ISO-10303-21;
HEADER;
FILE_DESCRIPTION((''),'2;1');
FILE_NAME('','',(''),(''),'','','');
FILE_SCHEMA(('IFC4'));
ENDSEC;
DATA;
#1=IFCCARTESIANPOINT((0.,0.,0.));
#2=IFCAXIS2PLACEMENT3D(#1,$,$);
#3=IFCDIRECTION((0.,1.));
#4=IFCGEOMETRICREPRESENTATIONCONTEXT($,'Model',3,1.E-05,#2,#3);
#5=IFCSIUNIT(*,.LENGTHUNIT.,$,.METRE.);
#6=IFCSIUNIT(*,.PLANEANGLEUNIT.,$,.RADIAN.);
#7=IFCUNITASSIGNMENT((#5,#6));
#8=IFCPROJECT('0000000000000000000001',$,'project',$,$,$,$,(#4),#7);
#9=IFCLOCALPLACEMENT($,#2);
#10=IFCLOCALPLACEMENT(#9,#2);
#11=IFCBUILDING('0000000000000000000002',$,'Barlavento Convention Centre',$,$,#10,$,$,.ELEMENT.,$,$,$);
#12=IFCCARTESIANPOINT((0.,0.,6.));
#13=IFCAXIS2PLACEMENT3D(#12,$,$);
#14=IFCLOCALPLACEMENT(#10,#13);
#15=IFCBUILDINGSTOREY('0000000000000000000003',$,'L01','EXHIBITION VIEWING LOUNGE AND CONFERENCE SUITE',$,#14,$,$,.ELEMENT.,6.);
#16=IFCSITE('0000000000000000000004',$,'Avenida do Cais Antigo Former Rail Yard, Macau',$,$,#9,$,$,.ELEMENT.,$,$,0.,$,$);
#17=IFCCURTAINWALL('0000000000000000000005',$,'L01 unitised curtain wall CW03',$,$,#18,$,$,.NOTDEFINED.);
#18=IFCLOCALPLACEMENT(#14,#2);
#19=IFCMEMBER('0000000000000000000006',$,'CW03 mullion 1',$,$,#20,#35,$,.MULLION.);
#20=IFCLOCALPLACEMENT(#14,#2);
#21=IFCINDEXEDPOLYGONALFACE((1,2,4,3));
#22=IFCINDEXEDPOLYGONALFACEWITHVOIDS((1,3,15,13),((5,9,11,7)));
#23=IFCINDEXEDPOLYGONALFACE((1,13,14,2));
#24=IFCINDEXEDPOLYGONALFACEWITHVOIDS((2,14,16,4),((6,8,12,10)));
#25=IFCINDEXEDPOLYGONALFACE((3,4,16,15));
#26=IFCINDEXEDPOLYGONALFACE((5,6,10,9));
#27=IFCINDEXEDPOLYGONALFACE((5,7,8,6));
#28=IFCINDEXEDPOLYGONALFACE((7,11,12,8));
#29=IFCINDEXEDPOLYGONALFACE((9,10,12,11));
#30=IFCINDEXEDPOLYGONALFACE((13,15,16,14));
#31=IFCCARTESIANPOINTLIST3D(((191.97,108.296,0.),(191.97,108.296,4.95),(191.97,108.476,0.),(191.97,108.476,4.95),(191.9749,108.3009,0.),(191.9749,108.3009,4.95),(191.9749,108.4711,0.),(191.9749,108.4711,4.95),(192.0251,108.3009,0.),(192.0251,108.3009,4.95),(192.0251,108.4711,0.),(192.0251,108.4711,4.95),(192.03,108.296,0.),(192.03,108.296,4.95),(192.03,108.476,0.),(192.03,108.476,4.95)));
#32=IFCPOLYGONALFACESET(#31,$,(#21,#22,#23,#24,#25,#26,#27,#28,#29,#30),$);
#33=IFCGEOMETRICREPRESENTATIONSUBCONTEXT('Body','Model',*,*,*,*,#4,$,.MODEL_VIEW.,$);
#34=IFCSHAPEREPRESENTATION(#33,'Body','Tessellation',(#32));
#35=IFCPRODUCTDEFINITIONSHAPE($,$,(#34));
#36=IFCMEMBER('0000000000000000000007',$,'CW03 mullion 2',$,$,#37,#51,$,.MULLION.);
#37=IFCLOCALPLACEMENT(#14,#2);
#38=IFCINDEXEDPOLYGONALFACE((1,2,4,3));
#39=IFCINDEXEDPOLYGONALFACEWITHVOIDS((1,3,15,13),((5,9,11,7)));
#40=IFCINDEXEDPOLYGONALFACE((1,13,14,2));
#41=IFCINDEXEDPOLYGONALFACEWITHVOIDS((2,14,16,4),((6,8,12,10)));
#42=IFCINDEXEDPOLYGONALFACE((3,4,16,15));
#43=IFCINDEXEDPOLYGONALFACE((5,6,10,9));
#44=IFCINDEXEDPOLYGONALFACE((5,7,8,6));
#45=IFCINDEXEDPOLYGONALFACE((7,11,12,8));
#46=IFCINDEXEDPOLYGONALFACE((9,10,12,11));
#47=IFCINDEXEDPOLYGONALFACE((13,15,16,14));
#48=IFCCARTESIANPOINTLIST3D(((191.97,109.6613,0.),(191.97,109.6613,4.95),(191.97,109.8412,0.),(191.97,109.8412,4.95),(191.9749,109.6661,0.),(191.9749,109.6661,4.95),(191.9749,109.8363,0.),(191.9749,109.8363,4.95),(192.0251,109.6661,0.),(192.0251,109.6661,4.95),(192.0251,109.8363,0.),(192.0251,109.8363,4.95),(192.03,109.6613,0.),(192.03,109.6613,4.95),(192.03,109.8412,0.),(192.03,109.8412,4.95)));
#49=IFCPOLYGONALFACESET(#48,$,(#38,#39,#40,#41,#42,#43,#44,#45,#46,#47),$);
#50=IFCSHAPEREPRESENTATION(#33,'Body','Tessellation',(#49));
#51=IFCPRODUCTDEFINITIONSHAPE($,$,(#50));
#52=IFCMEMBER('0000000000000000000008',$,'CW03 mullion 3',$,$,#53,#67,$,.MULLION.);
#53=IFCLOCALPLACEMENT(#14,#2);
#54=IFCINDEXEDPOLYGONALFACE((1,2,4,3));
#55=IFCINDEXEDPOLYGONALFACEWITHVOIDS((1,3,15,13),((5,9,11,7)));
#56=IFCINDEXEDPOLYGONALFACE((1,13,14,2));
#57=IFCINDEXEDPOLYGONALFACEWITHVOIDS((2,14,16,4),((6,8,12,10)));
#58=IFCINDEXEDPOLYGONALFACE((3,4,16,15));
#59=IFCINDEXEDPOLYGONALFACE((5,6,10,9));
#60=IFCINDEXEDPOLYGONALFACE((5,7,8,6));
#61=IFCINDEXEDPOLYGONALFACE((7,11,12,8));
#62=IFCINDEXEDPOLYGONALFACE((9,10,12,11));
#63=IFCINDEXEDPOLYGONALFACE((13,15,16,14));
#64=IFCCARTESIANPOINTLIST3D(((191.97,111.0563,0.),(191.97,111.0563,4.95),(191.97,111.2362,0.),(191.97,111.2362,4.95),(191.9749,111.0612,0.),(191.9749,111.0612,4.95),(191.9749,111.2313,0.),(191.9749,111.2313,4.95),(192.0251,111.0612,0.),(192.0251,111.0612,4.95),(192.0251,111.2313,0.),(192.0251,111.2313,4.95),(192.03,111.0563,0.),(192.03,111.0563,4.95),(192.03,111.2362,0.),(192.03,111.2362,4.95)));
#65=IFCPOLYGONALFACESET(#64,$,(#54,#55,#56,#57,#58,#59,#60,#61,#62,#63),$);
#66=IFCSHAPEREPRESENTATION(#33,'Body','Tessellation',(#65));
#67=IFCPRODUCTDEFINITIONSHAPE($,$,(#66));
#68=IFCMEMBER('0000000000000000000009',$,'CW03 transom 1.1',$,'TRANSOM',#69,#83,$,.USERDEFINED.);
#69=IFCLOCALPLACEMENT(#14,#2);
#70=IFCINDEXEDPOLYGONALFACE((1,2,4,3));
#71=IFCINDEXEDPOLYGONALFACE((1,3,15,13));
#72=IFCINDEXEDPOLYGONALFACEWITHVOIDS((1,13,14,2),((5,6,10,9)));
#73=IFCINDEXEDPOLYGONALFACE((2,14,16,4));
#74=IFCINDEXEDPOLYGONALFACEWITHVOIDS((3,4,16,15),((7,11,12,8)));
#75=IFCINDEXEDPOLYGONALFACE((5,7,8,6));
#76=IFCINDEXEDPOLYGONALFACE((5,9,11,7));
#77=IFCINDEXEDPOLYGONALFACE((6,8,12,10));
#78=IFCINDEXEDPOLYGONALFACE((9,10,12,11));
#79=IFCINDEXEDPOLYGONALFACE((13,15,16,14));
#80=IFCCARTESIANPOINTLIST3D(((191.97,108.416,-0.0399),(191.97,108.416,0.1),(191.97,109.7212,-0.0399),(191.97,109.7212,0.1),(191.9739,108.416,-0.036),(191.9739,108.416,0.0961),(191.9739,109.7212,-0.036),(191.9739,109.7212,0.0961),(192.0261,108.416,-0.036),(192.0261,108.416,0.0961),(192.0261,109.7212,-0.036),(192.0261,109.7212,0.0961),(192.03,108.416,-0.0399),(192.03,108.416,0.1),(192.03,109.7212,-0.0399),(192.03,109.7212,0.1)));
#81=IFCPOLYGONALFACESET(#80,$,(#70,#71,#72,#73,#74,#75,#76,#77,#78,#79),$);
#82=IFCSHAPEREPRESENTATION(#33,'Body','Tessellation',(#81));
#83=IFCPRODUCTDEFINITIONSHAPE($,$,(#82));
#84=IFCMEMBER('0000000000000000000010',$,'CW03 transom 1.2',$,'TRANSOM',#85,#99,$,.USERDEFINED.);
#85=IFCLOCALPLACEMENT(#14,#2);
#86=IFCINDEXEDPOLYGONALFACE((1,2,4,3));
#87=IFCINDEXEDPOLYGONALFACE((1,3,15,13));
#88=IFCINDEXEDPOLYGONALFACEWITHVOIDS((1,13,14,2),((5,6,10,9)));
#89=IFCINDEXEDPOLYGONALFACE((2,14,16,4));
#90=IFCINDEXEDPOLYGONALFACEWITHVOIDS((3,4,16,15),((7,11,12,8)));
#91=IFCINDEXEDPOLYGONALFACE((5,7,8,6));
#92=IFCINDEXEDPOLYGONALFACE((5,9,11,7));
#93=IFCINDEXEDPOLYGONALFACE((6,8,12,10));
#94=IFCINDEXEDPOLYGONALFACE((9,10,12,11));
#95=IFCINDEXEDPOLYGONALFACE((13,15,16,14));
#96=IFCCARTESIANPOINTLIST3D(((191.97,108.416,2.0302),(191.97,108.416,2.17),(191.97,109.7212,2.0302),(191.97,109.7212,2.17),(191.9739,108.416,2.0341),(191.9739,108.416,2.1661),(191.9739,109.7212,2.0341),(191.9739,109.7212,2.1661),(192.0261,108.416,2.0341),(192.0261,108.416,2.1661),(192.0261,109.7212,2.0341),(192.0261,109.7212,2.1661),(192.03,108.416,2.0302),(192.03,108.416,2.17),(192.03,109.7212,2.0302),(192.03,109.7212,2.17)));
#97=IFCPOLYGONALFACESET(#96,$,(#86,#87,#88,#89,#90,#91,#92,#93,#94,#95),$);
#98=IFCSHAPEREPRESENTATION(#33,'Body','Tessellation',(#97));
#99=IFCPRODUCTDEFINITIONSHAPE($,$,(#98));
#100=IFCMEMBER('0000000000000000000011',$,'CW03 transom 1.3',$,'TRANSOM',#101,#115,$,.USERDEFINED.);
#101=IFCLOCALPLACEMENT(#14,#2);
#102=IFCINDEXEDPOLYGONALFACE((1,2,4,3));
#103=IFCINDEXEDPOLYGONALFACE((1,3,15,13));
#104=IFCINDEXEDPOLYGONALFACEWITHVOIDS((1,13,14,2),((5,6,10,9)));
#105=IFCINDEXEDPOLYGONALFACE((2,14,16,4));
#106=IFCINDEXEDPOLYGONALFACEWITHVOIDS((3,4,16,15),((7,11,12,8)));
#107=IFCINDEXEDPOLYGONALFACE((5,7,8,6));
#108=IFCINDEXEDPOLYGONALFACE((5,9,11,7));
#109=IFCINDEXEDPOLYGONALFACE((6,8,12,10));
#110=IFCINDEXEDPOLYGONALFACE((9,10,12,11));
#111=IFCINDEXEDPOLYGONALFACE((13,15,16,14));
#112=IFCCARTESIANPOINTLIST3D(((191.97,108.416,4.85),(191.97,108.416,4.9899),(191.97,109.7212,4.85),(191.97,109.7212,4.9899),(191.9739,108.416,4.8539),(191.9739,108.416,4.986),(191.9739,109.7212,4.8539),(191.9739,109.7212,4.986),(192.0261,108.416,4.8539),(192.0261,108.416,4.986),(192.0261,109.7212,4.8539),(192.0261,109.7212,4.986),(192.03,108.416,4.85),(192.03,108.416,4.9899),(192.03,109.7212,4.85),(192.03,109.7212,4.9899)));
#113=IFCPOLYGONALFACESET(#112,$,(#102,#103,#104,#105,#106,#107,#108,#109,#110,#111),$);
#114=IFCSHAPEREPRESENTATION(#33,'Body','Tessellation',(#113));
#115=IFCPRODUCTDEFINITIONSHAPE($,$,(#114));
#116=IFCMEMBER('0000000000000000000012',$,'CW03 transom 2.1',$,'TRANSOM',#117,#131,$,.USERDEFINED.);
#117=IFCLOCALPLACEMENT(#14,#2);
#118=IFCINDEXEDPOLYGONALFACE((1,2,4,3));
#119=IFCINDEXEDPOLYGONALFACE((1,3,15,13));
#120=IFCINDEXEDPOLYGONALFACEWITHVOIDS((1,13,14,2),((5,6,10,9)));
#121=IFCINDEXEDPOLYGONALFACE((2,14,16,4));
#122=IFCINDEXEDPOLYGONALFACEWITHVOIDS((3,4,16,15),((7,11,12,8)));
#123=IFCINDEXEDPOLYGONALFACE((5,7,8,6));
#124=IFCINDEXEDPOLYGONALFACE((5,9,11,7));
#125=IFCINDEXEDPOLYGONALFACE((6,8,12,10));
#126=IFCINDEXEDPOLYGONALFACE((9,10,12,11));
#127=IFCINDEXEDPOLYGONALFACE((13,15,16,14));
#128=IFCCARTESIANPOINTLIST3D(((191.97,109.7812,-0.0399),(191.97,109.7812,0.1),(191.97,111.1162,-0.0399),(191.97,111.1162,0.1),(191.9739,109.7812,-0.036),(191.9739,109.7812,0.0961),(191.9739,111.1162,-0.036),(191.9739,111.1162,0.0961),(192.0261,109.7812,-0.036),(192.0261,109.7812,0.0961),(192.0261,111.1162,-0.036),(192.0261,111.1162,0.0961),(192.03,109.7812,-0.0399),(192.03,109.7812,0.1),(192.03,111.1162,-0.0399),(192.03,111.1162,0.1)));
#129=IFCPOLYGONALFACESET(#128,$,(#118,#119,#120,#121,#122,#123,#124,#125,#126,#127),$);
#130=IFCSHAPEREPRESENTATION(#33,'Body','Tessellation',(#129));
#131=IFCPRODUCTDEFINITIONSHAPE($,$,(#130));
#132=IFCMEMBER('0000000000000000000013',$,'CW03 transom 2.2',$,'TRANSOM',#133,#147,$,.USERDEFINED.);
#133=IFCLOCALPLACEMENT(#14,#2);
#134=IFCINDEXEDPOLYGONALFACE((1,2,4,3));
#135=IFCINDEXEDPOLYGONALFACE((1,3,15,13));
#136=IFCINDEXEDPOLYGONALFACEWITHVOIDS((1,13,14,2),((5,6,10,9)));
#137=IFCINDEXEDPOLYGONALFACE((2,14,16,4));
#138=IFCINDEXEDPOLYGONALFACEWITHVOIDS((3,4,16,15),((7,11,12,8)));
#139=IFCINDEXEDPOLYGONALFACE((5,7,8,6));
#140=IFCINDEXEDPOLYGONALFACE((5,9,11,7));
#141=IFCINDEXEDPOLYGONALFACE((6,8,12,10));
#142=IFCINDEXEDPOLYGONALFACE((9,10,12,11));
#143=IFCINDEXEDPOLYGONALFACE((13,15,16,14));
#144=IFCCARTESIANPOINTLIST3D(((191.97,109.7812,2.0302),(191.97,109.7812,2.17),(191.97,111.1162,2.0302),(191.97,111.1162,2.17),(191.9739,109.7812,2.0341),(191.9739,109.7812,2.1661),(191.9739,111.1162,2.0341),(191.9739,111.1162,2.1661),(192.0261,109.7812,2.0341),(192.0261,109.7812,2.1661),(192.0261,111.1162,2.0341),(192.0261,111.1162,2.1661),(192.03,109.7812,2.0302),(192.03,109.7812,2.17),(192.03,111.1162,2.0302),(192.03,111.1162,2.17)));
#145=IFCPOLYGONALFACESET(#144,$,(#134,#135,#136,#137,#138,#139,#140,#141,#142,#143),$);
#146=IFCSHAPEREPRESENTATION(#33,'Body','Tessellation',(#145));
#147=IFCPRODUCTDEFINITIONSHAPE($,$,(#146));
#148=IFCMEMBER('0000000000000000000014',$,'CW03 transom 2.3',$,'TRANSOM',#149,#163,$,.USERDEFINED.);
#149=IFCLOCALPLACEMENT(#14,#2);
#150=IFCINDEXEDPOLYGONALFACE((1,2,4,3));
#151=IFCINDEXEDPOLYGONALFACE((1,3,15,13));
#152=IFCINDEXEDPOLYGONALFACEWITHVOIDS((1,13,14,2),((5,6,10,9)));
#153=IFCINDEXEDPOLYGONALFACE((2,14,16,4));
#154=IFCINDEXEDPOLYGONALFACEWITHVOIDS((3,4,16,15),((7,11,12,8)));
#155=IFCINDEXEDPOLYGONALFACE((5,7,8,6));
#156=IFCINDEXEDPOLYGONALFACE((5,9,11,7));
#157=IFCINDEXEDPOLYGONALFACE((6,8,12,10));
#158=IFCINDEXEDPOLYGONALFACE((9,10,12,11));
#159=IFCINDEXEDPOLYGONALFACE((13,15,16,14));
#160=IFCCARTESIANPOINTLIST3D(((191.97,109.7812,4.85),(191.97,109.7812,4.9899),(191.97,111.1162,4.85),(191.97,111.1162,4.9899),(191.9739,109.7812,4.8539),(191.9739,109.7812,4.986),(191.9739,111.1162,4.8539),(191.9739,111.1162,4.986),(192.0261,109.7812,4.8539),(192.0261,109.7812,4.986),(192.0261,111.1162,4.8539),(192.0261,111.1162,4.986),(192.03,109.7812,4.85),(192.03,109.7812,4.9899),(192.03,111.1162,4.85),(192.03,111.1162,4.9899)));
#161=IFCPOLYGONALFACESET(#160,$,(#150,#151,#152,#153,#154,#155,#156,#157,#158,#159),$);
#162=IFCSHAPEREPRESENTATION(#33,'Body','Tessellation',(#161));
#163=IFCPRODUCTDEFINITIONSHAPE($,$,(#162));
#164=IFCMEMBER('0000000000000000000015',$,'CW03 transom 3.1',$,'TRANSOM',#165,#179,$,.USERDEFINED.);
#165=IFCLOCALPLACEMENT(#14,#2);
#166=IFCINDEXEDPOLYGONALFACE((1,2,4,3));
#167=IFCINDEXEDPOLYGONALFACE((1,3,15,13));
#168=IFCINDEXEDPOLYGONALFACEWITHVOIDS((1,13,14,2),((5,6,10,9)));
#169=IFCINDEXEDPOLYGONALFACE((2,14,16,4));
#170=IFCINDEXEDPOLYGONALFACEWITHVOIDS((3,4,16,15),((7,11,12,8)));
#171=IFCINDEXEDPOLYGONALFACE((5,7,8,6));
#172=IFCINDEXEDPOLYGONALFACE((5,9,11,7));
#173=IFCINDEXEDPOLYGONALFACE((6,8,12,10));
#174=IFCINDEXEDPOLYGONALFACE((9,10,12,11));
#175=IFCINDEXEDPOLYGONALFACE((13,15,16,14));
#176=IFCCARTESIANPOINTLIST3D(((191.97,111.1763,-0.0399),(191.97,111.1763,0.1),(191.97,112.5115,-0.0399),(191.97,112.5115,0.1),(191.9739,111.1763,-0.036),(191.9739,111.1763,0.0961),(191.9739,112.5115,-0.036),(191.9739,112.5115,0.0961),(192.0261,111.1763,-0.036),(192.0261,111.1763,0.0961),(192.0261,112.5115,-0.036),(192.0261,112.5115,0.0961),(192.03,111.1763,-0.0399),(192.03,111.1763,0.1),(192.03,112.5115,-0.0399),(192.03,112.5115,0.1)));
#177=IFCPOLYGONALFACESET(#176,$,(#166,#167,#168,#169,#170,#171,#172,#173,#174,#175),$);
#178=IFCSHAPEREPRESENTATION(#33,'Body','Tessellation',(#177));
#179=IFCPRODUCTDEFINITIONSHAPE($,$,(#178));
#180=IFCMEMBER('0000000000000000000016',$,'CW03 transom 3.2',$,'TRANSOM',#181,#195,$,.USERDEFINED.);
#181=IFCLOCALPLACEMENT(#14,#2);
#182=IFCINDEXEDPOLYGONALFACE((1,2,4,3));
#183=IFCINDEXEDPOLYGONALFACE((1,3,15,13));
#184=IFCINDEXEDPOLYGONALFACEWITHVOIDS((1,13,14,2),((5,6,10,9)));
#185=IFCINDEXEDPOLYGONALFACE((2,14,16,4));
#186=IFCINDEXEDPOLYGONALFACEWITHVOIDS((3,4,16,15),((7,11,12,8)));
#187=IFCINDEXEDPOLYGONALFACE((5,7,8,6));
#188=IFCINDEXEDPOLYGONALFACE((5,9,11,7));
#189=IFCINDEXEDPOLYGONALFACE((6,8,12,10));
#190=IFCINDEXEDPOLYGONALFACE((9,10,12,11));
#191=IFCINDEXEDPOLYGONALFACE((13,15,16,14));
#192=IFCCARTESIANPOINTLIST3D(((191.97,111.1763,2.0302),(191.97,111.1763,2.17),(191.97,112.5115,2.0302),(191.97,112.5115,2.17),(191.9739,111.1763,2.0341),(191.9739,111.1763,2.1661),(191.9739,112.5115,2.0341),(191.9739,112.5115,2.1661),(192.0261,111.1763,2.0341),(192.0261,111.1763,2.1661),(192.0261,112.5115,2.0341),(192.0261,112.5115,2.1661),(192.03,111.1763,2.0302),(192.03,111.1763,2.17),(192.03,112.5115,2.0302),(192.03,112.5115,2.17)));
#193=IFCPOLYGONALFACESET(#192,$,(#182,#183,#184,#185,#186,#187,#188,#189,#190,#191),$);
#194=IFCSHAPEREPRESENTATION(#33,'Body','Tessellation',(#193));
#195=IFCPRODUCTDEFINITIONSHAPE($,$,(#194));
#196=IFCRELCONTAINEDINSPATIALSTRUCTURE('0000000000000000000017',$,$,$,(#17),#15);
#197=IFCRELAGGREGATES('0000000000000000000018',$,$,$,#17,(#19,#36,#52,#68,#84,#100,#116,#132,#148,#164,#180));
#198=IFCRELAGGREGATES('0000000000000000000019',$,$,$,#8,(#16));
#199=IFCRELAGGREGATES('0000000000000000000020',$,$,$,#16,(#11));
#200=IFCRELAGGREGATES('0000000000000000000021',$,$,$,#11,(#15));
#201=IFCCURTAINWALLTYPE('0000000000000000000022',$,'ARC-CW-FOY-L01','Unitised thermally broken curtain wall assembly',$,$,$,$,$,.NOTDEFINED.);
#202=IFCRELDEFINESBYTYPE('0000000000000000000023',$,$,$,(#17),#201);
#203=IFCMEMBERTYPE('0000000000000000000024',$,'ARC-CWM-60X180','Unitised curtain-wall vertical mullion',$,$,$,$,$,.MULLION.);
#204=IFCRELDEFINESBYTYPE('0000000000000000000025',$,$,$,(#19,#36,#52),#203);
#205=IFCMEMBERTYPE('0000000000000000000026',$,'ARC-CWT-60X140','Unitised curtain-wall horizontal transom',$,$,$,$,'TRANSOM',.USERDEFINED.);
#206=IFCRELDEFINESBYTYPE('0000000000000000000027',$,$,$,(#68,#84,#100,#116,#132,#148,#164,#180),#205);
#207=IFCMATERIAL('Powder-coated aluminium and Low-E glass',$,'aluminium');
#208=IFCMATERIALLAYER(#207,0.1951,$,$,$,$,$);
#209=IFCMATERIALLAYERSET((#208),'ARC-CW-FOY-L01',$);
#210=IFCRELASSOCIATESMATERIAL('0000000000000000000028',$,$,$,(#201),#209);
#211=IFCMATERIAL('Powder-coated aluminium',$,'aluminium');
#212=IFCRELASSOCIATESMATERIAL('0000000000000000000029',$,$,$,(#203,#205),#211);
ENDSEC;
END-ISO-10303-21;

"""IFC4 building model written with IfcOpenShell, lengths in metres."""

from ifc_helpers import new_model, si_unit, direction, frame, origin, origin_2d, place, context, subcontext, project, spatial, hollow_rectangle, extrude, material, layer, layer_set, material_profile, profile_set, type_object, element, aggregate, save


model = new_model("IFC4")

# Units and contexts
model_context = context("Model", 3, precision=1e-05, world=origin(), true_north=direction((0.0, 1.0)))
body_context = subcontext(model_context, "Body", "Model", "MODEL_VIEW")
ifc_project = project(units=[si_unit("LENGTHUNIT", "METRE"), si_unit("PLANEANGLEUNIT", "RADIAN")], contexts=[model_context])

# Site, building, storey
site_placement = place(None, origin())
site = spatial("IfcSite", under=ifc_project, at=site_placement, Name="Avenida do Cais Antigo Former Rail Yard, Macau", CompositionType="ELEMENT", RefElevation=0.0)
building_placement = place(site_placement, origin())
building = spatial("IfcBuilding", under=site, at=building_placement, Name="Barlavento Convention Centre", CompositionType="ELEMENT")
storey_placement = place(building_placement, frame((0.0, 0.0, 6.0)))
storey = spatial("IfcBuildingStorey", under=building, at=storey_placement, Name="L01", Description="EXHIBITION VIEWING LOUNGE AND CONFERENCE SUITE", CompositionType="ELEMENT", Elevation=6.0)

# Curtain wall, members
ifc_material_1 = material(Name="Powder-coated aluminium and Low-E glass", Category="aluminium")
ifc_layer_1 = layer(ifc_material_1, 0.1951)
ifc_layer_set_1 = layer_set([ifc_layer_1], Name="ARC-CW-FOY-L01")
curtain_wall_type = type_object("IfcCurtainWallType", Name="ARC-CW-FOY-L01", Description="Unitised thermally broken curtain wall assembly", PredefinedType="NOTDEFINED", material=ifc_layer_set_1)
curtain_wall_placement = place(storey_placement, origin())
curtain_wall = element("IfcCurtainWall", 1, at=curtain_wall_placement, inside=storey, type_object=curtain_wall_type, Name="L01 unitised curtain wall CW03", PredefinedType="NOTDEFINED")
ifc_material_2 = material(Name="Powder-coated aluminium", Category="aluminium")
ifc_material_profile_1 = material_profile(ifc_material_2, hollow_rectangle(XDim=0.0601, YDim=0.1799, WallThickness=0.0049, at=origin_2d()), Name="AL-MULL 60x180x5")
ifc_profile_set_1 = profile_set([ifc_material_profile_1], Name="Powder-coated aluminium")
member_type_1 = type_object("IfcMemberType", Name="ARC-CWM-60X180", Description="Unitised curtain-wall vertical mullion", PredefinedType="MULLION", material=ifc_profile_set_1)
member_1_placement = place(storey_placement, frame((192.0, 108.386, 0.0), z_axis=(0.0, 0.0, 1.0), x_axis=(-1.0, 0.0, 0.0)))
member_1 = element("IfcMember", 2, at=member_1_placement, type_object=member_type_1, Name="CW03 mullion 1", PredefinedType="MULLION", context=body_context, shape_type="SweptSolid", body=[
    extrude(hollow_rectangle(XDim=0.0601, YDim=0.1799, WallThickness=0.0049, at=origin_2d()), origin(), (0.0, 0.0, 1.0), 4.95),
])
member_2_placement = place(storey_placement, frame((192.0, 109.7512, 0.0), z_axis=(0.0, 0.0, 1.0), x_axis=(-1.0, 0.0, 0.0)))
member_2 = element("IfcMember", 3, at=member_2_placement, type_object=member_type_1, Name="CW03 mullion 2", PredefinedType="MULLION", context=body_context, shape_type="SweptSolid", body=[
    extrude(hollow_rectangle(XDim=0.0601, YDim=0.1799, WallThickness=0.0049, at=origin_2d()), origin(), (0.0, 0.0, 1.0), 4.95),
])
member_3_placement = place(storey_placement, frame((192.0, 111.1462, 0.0), z_axis=(0.0, 0.0, 1.0), x_axis=(-1.0, 0.0, 0.0)))
member_3 = element("IfcMember", 4, at=member_3_placement, type_object=member_type_1, Name="CW03 mullion 3", PredefinedType="MULLION", context=body_context, shape_type="SweptSolid", body=[
    extrude(hollow_rectangle(XDim=0.0601, YDim=0.1799, WallThickness=0.0049, at=origin_2d()), origin(), (0.0, 0.0, 1.0), 4.95),
])
ifc_material_profile_2 = material_profile(ifc_material_2, hollow_rectangle(XDim=0.0601, YDim=0.1399, WallThickness=0.0039, at=origin_2d()), Name="AL-TRAN 60x140x4")
ifc_profile_set_2 = profile_set([ifc_material_profile_2], Name="Powder-coated aluminium")
member_type_2 = type_object("IfcMemberType", Name="ARC-CWT-60X140", Description="Unitised curtain-wall horizontal transom", ElementType="TRANSOM", PredefinedType="USERDEFINED", material=ifc_profile_set_2)
member_4_placement = place(storey_placement, frame((192.0, 108.416, 0.03), z_axis=(0.0, 1.0, 0.0), x_axis=(-1.0, 0.0, 0.0)))
member_4 = element("IfcMember", 5, at=member_4_placement, type_object=member_type_2, Name="CW03 transom 1.1", ObjectType="TRANSOM", PredefinedType="USERDEFINED", context=body_context, shape_type="SweptSolid", body=[
    extrude(hollow_rectangle(XDim=0.0601, YDim=0.1399, WallThickness=0.0039, at=origin_2d()), origin(), (0.0, 0.0, 1.0), 1.3052),
])
member_5_placement = place(storey_placement, frame((192.0, 108.416, 2.1001), z_axis=(0.0, 1.0, 0.0), x_axis=(-1.0, 0.0, 0.0)))
member_5 = element("IfcMember", 6, at=member_5_placement, type_object=member_type_2, Name="CW03 transom 1.2", ObjectType="TRANSOM", PredefinedType="USERDEFINED", context=body_context, shape_type="SweptSolid", body=[
    extrude(hollow_rectangle(XDim=0.0601, YDim=0.1399, WallThickness=0.0039, at=origin_2d()), origin(), (0.0, 0.0, 1.0), 1.3052),
])
member_6_placement = place(storey_placement, frame((192.0, 108.416, 4.9199), z_axis=(0.0, 1.0, 0.0), x_axis=(-1.0, 0.0, 0.0)))
member_6 = element("IfcMember", 7, at=member_6_placement, type_object=member_type_2, Name="CW03 transom 1.3", ObjectType="TRANSOM", PredefinedType="USERDEFINED", context=body_context, shape_type="SweptSolid", body=[
    extrude(hollow_rectangle(XDim=0.0601, YDim=0.1399, WallThickness=0.0039, at=origin_2d()), origin(), (0.0, 0.0, 1.0), 1.3052),
])
member_7_placement = place(storey_placement, frame((192.0, 109.7812, 0.03), z_axis=(0.0, 1.0, 0.0), x_axis=(-1.0, 0.0, 0.0)))
member_7 = element("IfcMember", 8, at=member_7_placement, type_object=member_type_2, Name="CW03 transom 2.1", ObjectType="TRANSOM", PredefinedType="USERDEFINED", context=body_context, shape_type="SweptSolid", body=[
    extrude(hollow_rectangle(XDim=0.0601, YDim=0.1399, WallThickness=0.0039, at=origin_2d()), origin(), (0.0, 0.0, 1.0), 1.335),
])
member_8_placement = place(storey_placement, frame((192.0, 109.7812, 2.1001), z_axis=(0.0, 1.0, 0.0), x_axis=(-1.0, 0.0, 0.0)))
member_8 = element("IfcMember", 9, at=member_8_placement, type_object=member_type_2, Name="CW03 transom 2.2", ObjectType="TRANSOM", PredefinedType="USERDEFINED", context=body_context, shape_type="SweptSolid", body=[
    extrude(hollow_rectangle(XDim=0.0601, YDim=0.1399, WallThickness=0.0039, at=origin_2d()), origin(), (0.0, 0.0, 1.0), 1.335),
])
member_9_placement = place(storey_placement, frame((192.0, 109.7812, 4.9199), z_axis=(0.0, 1.0, 0.0), x_axis=(-1.0, 0.0, 0.0)))
member_9 = element("IfcMember", 10, at=member_9_placement, type_object=member_type_2, Name="CW03 transom 2.3", ObjectType="TRANSOM", PredefinedType="USERDEFINED", context=body_context, shape_type="SweptSolid", body=[
    extrude(hollow_rectangle(XDim=0.0601, YDim=0.1399, WallThickness=0.0039, at=origin_2d()), origin(), (0.0, 0.0, 1.0), 1.335),
])
member_10_placement = place(storey_placement, frame((192.0, 111.1763, 0.03), z_axis=(0.0, 1.0, 0.0), x_axis=(-1.0, 0.0, 0.0)))
member_10 = element("IfcMember", 11, at=member_10_placement, type_object=member_type_2, Name="CW03 transom 3.1", ObjectType="TRANSOM", PredefinedType="USERDEFINED", context=body_context, shape_type="SweptSolid", body=[
    extrude(hollow_rectangle(XDim=0.0601, YDim=0.1399, WallThickness=0.0039, at=origin_2d()), origin(), (0.0, 0.0, 1.0), 1.3352),
])
member_11_placement = place(storey_placement, frame((192.0, 111.1763, 2.1001), z_axis=(0.0, 1.0, 0.0), x_axis=(-1.0, 0.0, 0.0)))
member_11 = element("IfcMember", 12, at=member_11_placement, type_object=member_type_2, Name="CW03 transom 3.2", ObjectType="TRANSOM", PredefinedType="USERDEFINED", context=body_context, shape_type="SweptSolid", body=[
    extrude(hollow_rectangle(XDim=0.0601, YDim=0.1399, WallThickness=0.0039, at=origin_2d()), origin(), (0.0, 0.0, 1.0), 1.3352),
])

aggregate(curtain_wall, [member_1, member_2, member_3, member_4, member_5, member_6, member_7, member_8, member_9, member_10, member_11])

save(model, "model.ifc")
